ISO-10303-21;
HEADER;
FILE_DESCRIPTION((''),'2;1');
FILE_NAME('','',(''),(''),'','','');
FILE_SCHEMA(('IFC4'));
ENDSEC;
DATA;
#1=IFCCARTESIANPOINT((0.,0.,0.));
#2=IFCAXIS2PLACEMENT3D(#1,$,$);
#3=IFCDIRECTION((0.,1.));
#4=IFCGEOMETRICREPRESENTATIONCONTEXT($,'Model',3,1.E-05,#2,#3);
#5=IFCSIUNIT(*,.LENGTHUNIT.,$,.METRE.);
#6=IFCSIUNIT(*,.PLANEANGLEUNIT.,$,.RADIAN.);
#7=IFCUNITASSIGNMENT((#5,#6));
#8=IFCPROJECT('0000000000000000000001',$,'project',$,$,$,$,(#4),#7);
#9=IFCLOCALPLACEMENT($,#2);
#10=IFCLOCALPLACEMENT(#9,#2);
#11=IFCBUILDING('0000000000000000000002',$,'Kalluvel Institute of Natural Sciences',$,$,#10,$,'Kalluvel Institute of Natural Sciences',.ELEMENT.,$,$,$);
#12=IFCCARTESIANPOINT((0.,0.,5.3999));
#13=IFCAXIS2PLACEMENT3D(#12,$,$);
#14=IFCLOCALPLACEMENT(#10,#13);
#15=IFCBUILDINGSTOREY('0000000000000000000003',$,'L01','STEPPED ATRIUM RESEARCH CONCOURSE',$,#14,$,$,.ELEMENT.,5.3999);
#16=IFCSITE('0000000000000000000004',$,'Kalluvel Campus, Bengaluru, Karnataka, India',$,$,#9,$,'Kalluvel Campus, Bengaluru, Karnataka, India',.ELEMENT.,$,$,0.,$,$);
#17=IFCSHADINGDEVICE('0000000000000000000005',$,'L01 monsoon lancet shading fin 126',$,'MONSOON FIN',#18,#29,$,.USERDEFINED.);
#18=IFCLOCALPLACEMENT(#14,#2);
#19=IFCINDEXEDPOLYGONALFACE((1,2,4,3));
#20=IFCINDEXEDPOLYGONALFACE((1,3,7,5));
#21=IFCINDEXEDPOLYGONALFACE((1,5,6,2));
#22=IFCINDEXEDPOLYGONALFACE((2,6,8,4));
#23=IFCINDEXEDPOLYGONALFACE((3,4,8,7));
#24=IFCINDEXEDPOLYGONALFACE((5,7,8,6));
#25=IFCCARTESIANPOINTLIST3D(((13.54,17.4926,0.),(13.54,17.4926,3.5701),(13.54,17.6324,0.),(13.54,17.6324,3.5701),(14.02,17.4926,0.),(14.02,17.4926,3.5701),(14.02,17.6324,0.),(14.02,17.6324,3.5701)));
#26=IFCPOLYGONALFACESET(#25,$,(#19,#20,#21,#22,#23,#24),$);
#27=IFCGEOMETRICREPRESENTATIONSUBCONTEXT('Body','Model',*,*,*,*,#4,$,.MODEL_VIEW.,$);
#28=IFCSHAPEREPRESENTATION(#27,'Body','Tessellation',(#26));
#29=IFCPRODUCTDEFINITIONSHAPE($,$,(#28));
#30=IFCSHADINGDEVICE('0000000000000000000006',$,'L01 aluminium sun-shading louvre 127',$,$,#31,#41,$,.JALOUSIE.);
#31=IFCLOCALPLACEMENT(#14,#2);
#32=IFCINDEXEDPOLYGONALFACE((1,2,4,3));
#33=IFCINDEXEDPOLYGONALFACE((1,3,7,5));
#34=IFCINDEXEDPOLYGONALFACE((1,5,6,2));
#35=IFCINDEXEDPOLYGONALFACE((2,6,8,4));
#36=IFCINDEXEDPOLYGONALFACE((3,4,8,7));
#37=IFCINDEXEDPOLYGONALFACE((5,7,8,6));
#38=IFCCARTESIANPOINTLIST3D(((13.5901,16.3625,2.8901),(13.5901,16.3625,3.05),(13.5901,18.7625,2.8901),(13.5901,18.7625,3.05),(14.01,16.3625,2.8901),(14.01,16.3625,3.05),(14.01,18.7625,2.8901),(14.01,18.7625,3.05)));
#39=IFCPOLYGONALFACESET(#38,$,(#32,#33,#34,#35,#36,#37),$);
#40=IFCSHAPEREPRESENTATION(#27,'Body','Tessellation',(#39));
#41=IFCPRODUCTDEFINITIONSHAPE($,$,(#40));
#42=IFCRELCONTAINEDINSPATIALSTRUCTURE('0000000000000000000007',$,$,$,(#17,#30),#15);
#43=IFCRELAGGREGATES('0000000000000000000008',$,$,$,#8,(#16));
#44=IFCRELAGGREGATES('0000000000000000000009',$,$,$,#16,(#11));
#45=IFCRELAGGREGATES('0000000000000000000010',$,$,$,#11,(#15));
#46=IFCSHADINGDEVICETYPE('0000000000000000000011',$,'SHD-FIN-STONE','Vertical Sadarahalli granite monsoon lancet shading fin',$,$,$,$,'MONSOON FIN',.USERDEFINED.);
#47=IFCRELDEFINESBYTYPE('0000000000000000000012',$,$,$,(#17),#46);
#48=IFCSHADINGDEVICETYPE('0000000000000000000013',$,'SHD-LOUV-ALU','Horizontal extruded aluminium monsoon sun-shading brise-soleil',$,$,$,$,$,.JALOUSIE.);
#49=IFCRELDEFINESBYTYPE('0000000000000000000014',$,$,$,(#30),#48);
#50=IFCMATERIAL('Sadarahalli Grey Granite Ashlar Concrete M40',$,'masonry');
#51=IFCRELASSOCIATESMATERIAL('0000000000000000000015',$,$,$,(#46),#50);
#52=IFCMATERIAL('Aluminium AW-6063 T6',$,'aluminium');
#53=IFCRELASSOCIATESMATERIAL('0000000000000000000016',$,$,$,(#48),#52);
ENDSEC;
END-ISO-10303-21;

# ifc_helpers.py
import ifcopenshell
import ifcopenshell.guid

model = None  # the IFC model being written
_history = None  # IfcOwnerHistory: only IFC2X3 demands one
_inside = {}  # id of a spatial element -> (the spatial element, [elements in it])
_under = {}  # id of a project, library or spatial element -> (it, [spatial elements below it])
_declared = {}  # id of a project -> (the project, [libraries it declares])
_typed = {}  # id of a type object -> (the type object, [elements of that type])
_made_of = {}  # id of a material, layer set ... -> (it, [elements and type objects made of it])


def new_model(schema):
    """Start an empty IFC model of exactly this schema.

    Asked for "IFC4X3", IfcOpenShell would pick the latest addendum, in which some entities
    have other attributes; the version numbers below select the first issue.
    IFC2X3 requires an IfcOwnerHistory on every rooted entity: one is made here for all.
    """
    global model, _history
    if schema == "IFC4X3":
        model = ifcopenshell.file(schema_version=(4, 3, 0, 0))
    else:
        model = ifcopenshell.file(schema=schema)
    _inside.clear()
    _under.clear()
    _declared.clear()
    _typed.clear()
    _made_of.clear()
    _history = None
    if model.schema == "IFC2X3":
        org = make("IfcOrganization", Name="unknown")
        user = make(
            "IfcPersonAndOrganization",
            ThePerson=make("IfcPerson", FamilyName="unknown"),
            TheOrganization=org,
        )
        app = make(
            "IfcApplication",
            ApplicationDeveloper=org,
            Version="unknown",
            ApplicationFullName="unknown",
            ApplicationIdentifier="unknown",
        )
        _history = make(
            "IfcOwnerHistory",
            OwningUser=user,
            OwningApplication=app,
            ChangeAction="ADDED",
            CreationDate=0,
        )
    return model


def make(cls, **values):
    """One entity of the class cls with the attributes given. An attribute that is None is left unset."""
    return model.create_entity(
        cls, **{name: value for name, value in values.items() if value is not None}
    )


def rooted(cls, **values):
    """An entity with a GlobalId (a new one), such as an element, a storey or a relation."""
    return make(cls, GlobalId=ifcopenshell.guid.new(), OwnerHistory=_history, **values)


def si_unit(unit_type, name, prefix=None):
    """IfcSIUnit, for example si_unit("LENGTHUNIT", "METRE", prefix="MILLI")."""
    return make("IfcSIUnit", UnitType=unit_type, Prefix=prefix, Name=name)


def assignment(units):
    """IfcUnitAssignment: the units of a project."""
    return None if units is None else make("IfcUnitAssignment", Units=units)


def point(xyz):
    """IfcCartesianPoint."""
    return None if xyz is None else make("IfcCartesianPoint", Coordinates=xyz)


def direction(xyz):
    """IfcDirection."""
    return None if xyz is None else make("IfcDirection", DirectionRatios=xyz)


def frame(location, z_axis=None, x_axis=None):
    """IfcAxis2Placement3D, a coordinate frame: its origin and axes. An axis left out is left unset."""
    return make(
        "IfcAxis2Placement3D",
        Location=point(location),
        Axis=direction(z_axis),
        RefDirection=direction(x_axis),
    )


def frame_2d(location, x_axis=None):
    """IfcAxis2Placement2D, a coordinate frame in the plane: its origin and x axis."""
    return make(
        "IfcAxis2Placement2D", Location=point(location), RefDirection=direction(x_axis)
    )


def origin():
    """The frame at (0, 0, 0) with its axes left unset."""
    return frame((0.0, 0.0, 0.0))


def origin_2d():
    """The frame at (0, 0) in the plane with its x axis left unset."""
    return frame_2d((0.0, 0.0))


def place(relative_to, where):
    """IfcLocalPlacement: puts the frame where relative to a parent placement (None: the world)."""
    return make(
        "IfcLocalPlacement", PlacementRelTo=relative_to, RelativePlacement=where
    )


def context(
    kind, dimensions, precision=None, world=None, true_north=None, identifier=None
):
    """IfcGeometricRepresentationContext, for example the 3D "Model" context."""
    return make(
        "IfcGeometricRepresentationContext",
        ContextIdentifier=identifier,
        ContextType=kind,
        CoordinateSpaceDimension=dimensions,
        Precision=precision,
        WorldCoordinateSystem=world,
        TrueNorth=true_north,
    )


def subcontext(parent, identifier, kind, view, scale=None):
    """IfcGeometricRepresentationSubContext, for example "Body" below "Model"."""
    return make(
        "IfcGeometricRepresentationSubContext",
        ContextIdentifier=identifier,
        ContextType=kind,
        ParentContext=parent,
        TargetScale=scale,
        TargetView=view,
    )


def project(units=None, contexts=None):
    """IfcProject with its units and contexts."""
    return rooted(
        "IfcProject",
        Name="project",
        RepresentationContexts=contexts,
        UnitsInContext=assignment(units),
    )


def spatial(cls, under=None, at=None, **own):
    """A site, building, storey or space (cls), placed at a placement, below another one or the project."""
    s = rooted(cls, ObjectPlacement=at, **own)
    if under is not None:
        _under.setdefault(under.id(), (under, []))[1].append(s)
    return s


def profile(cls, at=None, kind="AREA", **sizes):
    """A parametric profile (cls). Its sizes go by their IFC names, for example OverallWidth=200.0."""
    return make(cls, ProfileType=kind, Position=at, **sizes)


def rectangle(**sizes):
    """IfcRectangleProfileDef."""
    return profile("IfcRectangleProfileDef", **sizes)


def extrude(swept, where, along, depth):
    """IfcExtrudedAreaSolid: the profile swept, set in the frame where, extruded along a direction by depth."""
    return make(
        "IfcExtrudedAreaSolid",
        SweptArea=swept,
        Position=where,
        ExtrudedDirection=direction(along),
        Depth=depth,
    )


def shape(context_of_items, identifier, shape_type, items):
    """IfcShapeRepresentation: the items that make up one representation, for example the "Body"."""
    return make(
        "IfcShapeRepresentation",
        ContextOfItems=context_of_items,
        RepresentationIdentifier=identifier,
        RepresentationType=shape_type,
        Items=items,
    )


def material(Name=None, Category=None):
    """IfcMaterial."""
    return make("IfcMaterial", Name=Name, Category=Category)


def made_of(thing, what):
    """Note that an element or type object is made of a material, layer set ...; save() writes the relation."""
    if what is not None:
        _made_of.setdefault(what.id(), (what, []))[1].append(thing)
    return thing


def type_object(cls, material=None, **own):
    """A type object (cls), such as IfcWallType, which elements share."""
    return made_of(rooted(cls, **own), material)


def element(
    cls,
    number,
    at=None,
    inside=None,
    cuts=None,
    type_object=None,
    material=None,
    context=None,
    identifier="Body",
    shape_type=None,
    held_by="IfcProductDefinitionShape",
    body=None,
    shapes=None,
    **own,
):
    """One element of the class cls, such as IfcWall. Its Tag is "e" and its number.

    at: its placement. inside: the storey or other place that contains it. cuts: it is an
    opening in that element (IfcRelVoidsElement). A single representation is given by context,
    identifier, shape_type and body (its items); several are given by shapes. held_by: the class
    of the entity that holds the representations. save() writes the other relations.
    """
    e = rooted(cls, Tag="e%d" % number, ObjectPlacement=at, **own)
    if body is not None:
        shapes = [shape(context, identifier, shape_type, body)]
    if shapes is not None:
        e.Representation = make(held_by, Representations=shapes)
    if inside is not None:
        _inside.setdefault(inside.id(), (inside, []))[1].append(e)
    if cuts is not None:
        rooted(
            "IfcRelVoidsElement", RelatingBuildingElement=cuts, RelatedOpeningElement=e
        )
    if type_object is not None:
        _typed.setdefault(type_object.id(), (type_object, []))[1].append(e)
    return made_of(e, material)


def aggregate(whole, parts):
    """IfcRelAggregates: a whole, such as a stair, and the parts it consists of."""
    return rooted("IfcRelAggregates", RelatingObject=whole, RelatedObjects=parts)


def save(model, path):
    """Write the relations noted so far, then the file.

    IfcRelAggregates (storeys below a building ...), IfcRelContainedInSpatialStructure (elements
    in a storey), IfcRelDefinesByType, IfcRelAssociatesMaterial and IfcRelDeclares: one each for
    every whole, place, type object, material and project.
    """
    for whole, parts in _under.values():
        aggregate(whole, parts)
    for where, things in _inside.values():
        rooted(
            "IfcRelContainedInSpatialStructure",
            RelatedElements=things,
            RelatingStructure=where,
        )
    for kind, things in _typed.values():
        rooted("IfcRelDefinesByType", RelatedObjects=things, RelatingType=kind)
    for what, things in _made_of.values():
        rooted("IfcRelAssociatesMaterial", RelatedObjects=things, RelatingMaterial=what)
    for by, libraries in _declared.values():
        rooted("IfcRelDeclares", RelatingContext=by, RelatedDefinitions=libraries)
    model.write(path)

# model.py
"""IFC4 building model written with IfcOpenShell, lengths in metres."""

from ifc_helpers import new_model, si_unit, direction, frame, origin, origin_2d, place, context, subcontext, project, spatial, rectangle, extrude, material, type_object, element, save


model = new_model("IFC4")

# Units and contexts
model_context = context("Model", 3, precision=1e-05, world=origin(), true_north=direction((0.0, 1.0)))
body_context = subcontext(model_context, "Body", "Model", "MODEL_VIEW")
ifc_project = project(units=[si_unit("LENGTHUNIT", "METRE"), si_unit("PLANEANGLEUNIT", "RADIAN")], contexts=[model_context])

# Site, building, storey
site_placement = place(None, origin())
site = spatial("IfcSite", under=ifc_project, at=site_placement, Name="Kalluvel Campus, Bengaluru, Karnataka, India", LongName="Kalluvel Campus, Bengaluru, Karnataka, India", CompositionType="ELEMENT", RefElevation=0.0)
building_placement = place(site_placement, origin())
building = spatial("IfcBuilding", under=site, at=building_placement, Name="Kalluvel Institute of Natural Sciences", LongName="Kalluvel Institute of Natural Sciences", CompositionType="ELEMENT")
storey_placement = place(building_placement, frame((0.0, 0.0, 5.3999)))
storey = spatial("IfcBuildingStorey", under=building, at=storey_placement, Name="L01", Description="STEPPED ATRIUM RESEARCH CONCOURSE", CompositionType="ELEMENT", Elevation=5.3999)

# Shared definitions
ifc_material_1 = material(Name="Aluminium AW-6063 T6", Category="aluminium")

# Shared definitions
ifc_material_2 = material(Name="Sadarahalli Grey Granite Ashlar Concrete M40", Category="masonry")

# Shading devices
shading_device_type_1 = type_object("IfcShadingDeviceType", Name="SHD-FIN-STONE", Description="Vertical Sadarahalli granite monsoon lancet shading fin", ElementType="MONSOON FIN", PredefinedType="USERDEFINED", material=ifc_material_2)
shading_device_1_placement = place(storey_placement, frame((13.78, 17.5625, 0.0), z_axis=(0.0, 0.0, 1.0), x_axis=(0.0, 1.0, 0.0)))
element("IfcShadingDevice", 1, at=shading_device_1_placement, inside=storey, type_object=shading_device_type_1, Name="L01 monsoon lancet shading fin 126", ObjectType="MONSOON FIN", PredefinedType="USERDEFINED", context=body_context, shape_type="SweptSolid", body=[
    extrude(rectangle(XDim=0.1399, YDim=0.48, at=origin_2d()), origin(), (0.0, 0.0, 1.0), 3.5701),
])
shading_device_type_2 = type_object("IfcShadingDeviceType", Name="SHD-LOUV-ALU", Description="Horizontal extruded aluminium monsoon sun-shading brise-soleil", PredefinedType="JALOUSIE", material=ifc_material_1)
shading_device_2_placement = place(storey_placement, frame((13.8, 17.5625, 2.8901), z_axis=(0.0, 0.0, 1.0), x_axis=(0.0, 1.0, 0.0)))
element("IfcShadingDevice", 2, at=shading_device_2_placement, inside=storey, type_object=shading_device_type_2, Name="L01 aluminium sun-shading louvre 127", PredefinedType="JALOUSIE", context=body_context, shape_type="SweptSolid", body=[
    extrude(rectangle(XDim=2.3999, YDim=0.4199, at=origin_2d()), origin(), (0.0, 0.0, 1.0), 0.1599),
])

save(model, "model.ifc")
